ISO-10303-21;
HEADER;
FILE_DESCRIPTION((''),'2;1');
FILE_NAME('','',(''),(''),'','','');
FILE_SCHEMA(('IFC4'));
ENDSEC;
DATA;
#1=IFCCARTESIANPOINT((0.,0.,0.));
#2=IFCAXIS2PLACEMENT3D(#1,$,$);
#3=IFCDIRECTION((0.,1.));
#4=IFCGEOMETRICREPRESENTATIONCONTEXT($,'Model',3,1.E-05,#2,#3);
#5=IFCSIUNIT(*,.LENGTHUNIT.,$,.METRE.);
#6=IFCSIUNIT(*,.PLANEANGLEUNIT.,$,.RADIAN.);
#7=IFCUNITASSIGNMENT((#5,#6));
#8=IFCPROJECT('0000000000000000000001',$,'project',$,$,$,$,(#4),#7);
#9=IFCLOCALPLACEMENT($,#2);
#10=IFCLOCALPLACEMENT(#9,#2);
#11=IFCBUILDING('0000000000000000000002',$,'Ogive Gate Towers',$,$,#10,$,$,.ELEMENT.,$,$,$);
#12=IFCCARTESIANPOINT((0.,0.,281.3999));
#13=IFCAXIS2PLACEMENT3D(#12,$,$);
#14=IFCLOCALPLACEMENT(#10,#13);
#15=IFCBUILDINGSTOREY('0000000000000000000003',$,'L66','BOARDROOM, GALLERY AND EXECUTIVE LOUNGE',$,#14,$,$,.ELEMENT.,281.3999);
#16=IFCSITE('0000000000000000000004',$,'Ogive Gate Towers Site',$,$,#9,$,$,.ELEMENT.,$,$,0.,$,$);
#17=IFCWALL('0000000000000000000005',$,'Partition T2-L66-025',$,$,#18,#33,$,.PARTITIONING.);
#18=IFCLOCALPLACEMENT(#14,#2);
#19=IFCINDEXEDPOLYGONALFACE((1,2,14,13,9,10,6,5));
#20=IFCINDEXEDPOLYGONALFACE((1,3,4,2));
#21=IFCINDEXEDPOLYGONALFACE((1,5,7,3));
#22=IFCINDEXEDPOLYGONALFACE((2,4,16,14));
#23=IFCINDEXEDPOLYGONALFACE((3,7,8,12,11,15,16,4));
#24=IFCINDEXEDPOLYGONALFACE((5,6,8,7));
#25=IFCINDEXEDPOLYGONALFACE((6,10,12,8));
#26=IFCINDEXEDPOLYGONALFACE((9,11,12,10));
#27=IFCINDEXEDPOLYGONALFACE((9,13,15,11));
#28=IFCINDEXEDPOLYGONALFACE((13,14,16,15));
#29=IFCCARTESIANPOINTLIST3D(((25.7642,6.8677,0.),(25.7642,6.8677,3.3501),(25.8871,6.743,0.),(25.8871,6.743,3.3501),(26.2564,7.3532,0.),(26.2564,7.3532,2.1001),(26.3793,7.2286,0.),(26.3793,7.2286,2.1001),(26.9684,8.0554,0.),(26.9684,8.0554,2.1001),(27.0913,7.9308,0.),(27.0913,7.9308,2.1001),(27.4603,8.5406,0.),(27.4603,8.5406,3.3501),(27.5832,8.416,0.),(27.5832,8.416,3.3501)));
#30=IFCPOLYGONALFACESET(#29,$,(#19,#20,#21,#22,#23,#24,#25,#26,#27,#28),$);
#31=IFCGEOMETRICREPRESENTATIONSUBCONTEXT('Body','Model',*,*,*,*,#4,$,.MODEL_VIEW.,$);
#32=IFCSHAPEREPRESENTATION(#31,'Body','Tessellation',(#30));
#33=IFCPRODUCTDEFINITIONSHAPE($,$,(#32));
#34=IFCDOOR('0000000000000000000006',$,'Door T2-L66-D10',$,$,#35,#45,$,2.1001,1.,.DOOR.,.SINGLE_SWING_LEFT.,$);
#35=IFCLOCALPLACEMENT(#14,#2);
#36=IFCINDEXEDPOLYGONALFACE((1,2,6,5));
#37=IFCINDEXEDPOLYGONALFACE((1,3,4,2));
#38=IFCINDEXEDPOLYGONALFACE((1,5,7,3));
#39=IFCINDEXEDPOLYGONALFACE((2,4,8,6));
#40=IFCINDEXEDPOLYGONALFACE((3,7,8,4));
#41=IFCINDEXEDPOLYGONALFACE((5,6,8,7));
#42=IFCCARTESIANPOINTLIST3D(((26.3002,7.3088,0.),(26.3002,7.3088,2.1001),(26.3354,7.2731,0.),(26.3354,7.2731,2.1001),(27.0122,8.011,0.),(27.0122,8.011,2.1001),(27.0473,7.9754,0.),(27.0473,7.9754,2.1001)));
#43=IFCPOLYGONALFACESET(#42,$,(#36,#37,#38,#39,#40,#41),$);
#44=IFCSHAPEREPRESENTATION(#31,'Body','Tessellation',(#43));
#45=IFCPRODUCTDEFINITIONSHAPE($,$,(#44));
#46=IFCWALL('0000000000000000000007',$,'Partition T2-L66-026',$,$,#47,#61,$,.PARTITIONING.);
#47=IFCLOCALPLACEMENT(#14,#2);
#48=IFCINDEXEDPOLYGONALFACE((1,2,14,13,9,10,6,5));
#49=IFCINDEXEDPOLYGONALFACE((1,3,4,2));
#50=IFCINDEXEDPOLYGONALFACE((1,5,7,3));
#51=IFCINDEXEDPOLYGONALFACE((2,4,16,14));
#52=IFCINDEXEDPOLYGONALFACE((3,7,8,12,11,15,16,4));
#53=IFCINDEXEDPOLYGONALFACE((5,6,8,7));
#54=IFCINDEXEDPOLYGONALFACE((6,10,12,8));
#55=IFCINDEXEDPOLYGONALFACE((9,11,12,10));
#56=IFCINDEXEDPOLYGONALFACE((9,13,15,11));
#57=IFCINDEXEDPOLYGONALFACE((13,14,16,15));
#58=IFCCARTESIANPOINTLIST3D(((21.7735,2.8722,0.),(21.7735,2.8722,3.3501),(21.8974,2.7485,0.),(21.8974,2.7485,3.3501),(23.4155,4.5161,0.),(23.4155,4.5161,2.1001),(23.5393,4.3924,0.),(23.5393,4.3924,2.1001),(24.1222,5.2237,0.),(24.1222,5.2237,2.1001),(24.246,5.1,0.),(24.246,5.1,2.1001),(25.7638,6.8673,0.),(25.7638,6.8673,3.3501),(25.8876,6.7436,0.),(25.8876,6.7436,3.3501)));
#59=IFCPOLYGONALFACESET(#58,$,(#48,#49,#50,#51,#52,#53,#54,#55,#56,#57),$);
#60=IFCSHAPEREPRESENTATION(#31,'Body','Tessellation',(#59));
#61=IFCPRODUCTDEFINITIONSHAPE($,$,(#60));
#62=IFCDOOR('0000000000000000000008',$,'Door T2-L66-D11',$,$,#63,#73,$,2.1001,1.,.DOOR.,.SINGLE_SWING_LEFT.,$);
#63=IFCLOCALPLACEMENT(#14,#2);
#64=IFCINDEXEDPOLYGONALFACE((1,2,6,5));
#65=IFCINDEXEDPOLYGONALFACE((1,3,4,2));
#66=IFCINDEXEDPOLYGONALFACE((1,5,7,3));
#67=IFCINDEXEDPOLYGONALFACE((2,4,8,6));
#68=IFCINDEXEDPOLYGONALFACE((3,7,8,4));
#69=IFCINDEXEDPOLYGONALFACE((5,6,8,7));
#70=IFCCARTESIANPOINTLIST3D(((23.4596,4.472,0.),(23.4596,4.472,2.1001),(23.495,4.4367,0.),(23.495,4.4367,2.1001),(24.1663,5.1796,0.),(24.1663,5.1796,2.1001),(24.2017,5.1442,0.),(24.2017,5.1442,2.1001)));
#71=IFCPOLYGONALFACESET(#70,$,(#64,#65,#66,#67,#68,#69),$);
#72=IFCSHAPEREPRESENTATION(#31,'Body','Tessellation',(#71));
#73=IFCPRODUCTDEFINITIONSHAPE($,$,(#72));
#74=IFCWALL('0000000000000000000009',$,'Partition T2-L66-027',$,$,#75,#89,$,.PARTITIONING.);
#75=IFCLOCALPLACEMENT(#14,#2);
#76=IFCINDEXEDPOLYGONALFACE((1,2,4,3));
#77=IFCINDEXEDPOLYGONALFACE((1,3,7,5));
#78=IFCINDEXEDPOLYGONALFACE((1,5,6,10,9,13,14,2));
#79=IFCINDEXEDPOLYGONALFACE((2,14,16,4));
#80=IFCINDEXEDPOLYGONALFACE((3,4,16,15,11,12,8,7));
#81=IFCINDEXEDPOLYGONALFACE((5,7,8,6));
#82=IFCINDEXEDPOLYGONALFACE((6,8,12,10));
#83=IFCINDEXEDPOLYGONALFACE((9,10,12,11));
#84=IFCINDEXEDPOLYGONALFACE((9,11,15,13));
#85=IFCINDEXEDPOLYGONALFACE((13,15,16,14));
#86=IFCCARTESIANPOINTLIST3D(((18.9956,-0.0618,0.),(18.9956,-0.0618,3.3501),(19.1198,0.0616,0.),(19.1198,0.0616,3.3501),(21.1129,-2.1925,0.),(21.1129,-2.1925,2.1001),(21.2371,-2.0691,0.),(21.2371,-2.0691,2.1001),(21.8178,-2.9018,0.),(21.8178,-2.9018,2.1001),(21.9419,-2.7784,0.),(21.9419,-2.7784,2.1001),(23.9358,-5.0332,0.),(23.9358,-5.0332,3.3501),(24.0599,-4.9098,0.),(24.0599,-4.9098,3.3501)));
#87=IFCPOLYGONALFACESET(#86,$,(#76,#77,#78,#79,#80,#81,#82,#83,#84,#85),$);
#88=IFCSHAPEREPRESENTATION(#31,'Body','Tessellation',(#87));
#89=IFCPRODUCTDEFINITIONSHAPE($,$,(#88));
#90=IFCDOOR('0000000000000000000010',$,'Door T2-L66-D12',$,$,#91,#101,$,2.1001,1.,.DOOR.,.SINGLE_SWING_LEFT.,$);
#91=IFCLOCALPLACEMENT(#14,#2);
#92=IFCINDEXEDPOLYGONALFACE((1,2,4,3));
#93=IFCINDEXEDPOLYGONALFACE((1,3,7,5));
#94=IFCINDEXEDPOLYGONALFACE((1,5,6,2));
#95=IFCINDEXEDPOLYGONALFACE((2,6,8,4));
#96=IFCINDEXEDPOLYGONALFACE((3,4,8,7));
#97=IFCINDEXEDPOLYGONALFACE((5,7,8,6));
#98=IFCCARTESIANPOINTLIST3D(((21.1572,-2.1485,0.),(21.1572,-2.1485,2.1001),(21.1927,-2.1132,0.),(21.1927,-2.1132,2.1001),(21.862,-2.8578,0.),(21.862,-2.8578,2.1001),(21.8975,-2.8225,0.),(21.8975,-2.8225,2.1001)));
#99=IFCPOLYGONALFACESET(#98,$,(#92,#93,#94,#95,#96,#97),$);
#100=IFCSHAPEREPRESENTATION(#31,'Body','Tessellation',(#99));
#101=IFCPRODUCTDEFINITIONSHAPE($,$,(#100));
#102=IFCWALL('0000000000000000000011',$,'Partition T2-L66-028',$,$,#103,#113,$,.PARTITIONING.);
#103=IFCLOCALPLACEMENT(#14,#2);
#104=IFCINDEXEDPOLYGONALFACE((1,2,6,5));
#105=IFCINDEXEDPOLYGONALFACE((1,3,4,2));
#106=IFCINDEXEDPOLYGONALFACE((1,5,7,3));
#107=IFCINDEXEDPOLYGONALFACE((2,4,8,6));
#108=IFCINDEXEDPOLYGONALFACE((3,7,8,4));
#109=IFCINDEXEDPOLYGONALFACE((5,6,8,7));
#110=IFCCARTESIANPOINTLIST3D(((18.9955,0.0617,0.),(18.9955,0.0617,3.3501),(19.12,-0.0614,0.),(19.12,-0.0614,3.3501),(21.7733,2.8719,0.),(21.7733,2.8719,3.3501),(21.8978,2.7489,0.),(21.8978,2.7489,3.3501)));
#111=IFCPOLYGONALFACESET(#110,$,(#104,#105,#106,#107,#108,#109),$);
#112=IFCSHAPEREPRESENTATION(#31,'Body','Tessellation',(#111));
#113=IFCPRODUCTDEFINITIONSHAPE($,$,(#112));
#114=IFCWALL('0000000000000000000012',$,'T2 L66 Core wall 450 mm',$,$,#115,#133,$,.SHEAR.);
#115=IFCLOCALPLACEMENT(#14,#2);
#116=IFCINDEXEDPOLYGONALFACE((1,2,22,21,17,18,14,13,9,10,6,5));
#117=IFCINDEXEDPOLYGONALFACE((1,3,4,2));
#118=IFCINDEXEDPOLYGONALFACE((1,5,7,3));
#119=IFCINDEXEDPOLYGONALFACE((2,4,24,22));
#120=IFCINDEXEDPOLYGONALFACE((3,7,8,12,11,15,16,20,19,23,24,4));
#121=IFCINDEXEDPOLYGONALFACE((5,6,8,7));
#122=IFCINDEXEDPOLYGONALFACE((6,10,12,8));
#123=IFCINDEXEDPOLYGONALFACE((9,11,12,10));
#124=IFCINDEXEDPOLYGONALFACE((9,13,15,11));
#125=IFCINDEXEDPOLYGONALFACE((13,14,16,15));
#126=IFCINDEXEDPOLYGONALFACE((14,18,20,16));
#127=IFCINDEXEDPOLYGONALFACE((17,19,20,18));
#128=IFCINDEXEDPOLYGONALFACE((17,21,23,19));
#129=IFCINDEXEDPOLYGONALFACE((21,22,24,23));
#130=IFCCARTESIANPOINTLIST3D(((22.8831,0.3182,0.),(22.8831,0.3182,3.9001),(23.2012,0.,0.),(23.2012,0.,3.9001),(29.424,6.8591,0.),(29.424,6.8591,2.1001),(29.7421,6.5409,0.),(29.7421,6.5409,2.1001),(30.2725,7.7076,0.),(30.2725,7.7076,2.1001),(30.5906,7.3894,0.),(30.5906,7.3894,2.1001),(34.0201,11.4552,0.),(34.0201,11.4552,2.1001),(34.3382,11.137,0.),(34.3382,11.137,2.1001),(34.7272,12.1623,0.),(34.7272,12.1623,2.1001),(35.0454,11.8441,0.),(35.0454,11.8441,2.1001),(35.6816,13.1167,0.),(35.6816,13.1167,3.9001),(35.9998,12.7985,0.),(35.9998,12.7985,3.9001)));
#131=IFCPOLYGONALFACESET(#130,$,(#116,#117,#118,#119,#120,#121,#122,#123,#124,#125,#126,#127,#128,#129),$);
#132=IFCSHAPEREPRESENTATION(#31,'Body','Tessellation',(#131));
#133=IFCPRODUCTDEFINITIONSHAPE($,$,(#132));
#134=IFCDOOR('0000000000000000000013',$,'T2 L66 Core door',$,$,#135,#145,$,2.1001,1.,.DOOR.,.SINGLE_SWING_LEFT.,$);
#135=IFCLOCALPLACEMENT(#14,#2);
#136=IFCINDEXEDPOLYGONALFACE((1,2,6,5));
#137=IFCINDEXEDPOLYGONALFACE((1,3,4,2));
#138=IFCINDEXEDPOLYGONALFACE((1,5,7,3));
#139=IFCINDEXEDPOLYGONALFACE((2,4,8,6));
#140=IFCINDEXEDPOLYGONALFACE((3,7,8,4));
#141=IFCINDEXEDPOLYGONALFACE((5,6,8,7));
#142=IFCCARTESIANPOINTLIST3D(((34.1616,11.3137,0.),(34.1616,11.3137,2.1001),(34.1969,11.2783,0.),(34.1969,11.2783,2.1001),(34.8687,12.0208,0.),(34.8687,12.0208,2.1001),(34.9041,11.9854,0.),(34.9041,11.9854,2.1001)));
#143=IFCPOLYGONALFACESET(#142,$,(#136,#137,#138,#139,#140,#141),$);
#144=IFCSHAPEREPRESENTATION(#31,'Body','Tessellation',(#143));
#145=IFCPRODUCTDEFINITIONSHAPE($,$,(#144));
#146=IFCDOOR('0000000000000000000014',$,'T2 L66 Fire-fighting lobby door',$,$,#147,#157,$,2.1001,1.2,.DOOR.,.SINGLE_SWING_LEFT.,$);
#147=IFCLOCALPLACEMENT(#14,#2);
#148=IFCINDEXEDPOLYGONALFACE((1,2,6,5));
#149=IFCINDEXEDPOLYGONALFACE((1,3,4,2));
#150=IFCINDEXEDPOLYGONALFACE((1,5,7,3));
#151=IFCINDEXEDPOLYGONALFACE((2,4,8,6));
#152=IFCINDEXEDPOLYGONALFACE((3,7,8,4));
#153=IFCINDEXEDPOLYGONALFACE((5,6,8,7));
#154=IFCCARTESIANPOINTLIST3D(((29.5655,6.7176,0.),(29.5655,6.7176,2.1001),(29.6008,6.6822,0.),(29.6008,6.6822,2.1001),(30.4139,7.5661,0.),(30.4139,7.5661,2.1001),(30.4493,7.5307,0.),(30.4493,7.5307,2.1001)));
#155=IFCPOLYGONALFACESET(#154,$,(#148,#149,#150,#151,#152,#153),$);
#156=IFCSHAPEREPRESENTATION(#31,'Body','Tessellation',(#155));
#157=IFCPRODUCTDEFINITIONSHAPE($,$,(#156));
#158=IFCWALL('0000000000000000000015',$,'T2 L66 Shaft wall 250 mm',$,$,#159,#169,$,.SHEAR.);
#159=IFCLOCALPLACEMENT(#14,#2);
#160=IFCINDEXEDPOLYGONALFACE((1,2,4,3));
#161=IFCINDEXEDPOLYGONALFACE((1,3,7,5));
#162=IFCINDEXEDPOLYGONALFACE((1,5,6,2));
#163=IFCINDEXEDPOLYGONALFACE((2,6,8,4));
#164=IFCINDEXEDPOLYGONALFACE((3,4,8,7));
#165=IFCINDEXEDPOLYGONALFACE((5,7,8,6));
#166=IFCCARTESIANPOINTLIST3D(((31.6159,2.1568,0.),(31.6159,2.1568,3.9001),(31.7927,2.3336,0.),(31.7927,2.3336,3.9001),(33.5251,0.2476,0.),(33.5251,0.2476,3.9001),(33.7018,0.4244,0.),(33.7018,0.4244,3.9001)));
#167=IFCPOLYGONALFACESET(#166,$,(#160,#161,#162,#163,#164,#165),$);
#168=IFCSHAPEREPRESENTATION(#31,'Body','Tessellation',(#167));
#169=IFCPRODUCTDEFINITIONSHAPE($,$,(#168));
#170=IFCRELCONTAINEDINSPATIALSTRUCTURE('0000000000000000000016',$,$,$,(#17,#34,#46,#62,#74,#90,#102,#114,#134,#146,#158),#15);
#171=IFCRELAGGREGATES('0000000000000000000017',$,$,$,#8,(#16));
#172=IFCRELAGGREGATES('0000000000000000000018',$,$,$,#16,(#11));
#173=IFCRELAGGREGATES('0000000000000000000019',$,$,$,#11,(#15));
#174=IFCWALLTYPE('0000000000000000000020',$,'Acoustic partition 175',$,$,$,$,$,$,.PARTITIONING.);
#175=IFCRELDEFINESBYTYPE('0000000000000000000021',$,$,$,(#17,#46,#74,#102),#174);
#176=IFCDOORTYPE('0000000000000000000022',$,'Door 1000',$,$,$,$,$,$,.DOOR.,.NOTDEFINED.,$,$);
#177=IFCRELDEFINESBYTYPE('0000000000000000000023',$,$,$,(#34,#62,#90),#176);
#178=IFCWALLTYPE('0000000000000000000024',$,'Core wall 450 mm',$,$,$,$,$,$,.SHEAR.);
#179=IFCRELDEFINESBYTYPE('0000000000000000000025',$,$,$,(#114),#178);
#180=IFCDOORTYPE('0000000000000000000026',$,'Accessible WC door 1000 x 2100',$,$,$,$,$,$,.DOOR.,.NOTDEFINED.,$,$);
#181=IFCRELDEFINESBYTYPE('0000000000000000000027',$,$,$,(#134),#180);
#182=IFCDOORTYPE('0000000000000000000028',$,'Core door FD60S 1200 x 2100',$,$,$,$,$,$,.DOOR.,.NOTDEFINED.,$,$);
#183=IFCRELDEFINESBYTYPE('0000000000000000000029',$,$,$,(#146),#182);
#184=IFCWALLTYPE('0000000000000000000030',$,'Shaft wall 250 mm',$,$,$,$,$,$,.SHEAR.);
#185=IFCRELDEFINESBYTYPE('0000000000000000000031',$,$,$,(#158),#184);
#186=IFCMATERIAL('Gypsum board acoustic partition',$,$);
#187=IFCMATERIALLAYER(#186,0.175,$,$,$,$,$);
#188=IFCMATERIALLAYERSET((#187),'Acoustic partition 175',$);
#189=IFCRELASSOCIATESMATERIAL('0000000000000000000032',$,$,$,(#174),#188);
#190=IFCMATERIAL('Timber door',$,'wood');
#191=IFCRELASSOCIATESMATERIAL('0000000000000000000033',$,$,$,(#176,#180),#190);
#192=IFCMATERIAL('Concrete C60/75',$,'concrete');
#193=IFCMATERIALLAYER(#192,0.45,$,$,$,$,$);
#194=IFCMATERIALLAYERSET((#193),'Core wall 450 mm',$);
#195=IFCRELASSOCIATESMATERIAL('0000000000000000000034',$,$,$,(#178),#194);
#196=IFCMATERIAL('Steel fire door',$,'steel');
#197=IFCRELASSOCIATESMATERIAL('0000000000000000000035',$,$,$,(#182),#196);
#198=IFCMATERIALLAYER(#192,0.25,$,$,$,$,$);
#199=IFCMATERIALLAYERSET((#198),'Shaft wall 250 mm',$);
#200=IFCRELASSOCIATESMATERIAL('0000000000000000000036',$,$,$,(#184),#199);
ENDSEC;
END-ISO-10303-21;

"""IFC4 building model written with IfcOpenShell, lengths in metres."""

from ifc_helpers import new_model, si_unit, direction, frame, frame_2d, origin, place, context, subcontext, project, spatial, rectangle, extrude, material, layer, layer_set, type_object, element, fill, save


model = new_model("IFC4")

# Units and contexts
model_context = context("Model", 3, precision=1e-05, world=origin(), true_north=direction((0.0, 1.0)))
body_context = subcontext(model_context, "Body", "Model", "MODEL_VIEW")
ifc_project = project(units=[si_unit("LENGTHUNIT", "METRE"), si_unit("PLANEANGLEUNIT", "RADIAN")], contexts=[model_context])

# Site, building, storey
site_placement = place(None, origin())
site = spatial("IfcSite", under=ifc_project, at=site_placement, Name="Ogive Gate Towers Site", CompositionType="ELEMENT", RefElevation=0.0)
building_placement = place(site_placement, origin())
building = spatial("IfcBuilding", under=site, at=building_placement, Name="Ogive Gate Towers", CompositionType="ELEMENT")
storey_placement = place(building_placement, frame((0.0, 0.0, 281.3999)))
storey = spatial("IfcBuildingStorey", under=building, at=storey_placement, Name="L66", Description="BOARDROOM, GALLERY AND EXECUTIVE LOUNGE", CompositionType="ELEMENT", Elevation=281.3999)

# Shared definitions
ifc_material_1 = material(Name="Gypsum board acoustic partition")
ifc_layer_1 = layer(ifc_material_1, 0.175)
ifc_layer_set_1 = layer_set([ifc_layer_1], Name="Acoustic partition 175")
wall_type_1 = type_object("IfcWallType", Name="Acoustic partition 175", PredefinedType="PARTITIONING", material=ifc_layer_set_1)

# Walls, openings, doors
ifc_material_2 = material(Name="Timber door", Category="wood")
door_type_1 = type_object("IfcDoorType", Name="Door 1000", OperationType="NOTDEFINED", PredefinedType="DOOR", material=ifc_material_2)
wall_1_placement = place(storey_placement, frame((27.5217, 8.4783, 0.0), z_axis=(0.0, 0.0, 1.0), x_axis=(-0.711958, -0.702222, 0.0)))
wall_1 = element("IfcWall", 1, at=wall_1_placement, inside=storey, type_object=wall_type_1, Name="Partition T2-L66-025", PredefinedType="PARTITIONING", context=body_context, shape_type="SweptSolid", body=[
    extrude(rectangle(XDim=2.3823, YDim=0.175, at=frame_2d((1.1912, 0.0))), origin(), (0.0, 0.0, 1.0), 3.3501),
])
opening_1_placement = place(wall_1_placement, frame((0.6909, 0.0, 0.0)))
opening_1 = element("IfcOpeningElement", 2, at=opening_1_placement, cuts=wall_1, PredefinedType="OPENING", context=body_context, shape_type="SweptSolid", body=[
    extrude(rectangle(XDim=1.0, YDim=2.1001, at=frame_2d((0.5, 1.05))), frame((0.0, 0.0977, 0.0), z_axis=(0.0, -1.0, 0.0), x_axis=(1.0, 0.0, 0.0)), (0.0, 0.0, 1.0), 0.1951),
])
door_1_placement = place(opening_1_placement, origin())
door_1 = element("IfcDoor", 3, at=door_1_placement, inside=storey, type_object=door_type_1, Name="Door T2-L66-D10", OperationType="SINGLE_SWING_LEFT", OverallHeight=2.1001, OverallWidth=1.0, PredefinedType="DOOR", context=body_context, shape_type="SweptSolid", body=[
    extrude(rectangle(XDim=1.0, YDim=2.1001, at=frame_2d((0.5, 1.05))), frame((0.0, 0.0249, 0.0), z_axis=(0.0, -1.0, 0.0), x_axis=(1.0, 0.0, 0.0)), (0.0, 0.0, 1.0), 0.05),
])
fill(opening_1, door_1)
wall_2_placement = place(storey_placement, frame((25.8257, 6.8054, 0.0), z_axis=(0.0, 0.0, 1.0), x_axis=(-0.706674, -0.707539, 0.0)))
wall_2 = element("IfcWall", 4, at=wall_2_placement, inside=storey, type_object=wall_type_1, Name="Partition T2-L66-026", PredefinedType="PARTITIONING", context=body_context, shape_type="SweptSolid", body=[
    extrude(rectangle(XDim=5.6465, YDim=0.175, at=frame_2d((2.8232, 0.0))), origin(), (0.0, 0.0, 1.0), 3.3501),
])
opening_2_placement = place(wall_2_placement, frame((2.323, 0.0, 0.0)))
opening_2 = element("IfcOpeningElement", 5, at=opening_2_placement, cuts=wall_2, PredefinedType="OPENING", context=body_context, shape_type="SweptSolid", body=[
    extrude(rectangle(XDim=1.0, YDim=2.1001, at=frame_2d((0.5, 1.05))), frame((0.0, 0.0977, 0.0), z_axis=(0.0, -1.0, 0.0), x_axis=(1.0, 0.0, 0.0)), (0.0, 0.0, 1.0), 0.1951),
])
door_2_placement = place(opening_2_placement, origin())
door_2 = element("IfcDoor", 6, at=door_2_placement, inside=storey, type_object=door_type_1, Name="Door T2-L66-D11", OperationType="SINGLE_SWING_LEFT", OverallHeight=2.1001, OverallWidth=1.0, PredefinedType="DOOR", context=body_context, shape_type="SweptSolid", body=[
    extrude(rectangle(XDim=1.0, YDim=2.1001, at=frame_2d((0.5, 1.05))), frame((0.0, 0.0249, 0.0), z_axis=(0.0, -1.0, 0.0), x_axis=(1.0, 0.0, 0.0)), (0.0, 0.0, 1.0), 0.05),
])
fill(opening_2, door_2)
wall_3_placement = place(storey_placement, frame((19.0576, 0.0, 0.0), z_axis=(0.0, 0.0, 1.0), x_axis=(0.704874, -0.709333, 0.0)))
wall_3 = element("IfcWall", 7, at=wall_3_placement, inside=storey, type_object=wall_type_1, Name="Partition T2-L66-027", PredefinedType="PARTITIONING", context=body_context, shape_type="SweptSolid", body=[
    extrude(rectangle(XDim=7.0085, YDim=0.175, at=frame_2d((3.5044, 0.0))), origin(), (0.0, 0.0, 1.0), 3.3501),
])
opening_3_placement = place(wall_3_placement, frame((3.0039, 0.0, 0.0)))
opening_3 = element("IfcOpeningElement", 8, at=opening_3_placement, cuts=wall_3, PredefinedType="OPENING", context=body_context, shape_type="SweptSolid", body=[
    extrude(rectangle(XDim=1.0, YDim=2.1001, at=frame_2d((0.5, 1.05))), frame((0.0, 0.0977, 0.0), z_axis=(0.0, -1.0, 0.0), x_axis=(1.0, 0.0, 0.0)), (0.0, 0.0, 1.0), 0.1951),
])
door_3_placement = place(opening_3_placement, origin())
door_3 = element("IfcDoor", 9, at=door_3_placement, inside=storey, type_object=door_type_1, Name="Door T2-L66-D12", OperationType="SINGLE_SWING_LEFT", OverallHeight=2.1001, OverallWidth=1.0, PredefinedType="DOOR", context=body_context, shape_type="SweptSolid", body=[
    extrude(rectangle(XDim=1.0, YDim=2.1001, at=frame_2d((0.5, 1.05))), frame((0.0, 0.0249, 0.0), z_axis=(0.0, -1.0, 0.0), x_axis=(1.0, 0.0, 0.0)), (0.0, 0.0, 1.0), 0.05),
])
fill(opening_3, door_3)

# Wall
wall_4_placement = place(storey_placement, frame((21.8354, 2.8103, 0.0), z_axis=(0.0, 0.0, 1.0), x_axis=(-0.702986, -0.711204, 0.0)))
element("IfcWall", 10, at=wall_4_placement, inside=storey, type_object=wall_type_1, Name="Partition T2-L66-028", PredefinedType="PARTITIONING", context=body_context, shape_type="SweptSolid", body=[
    extrude(rectangle(XDim=3.9514, YDim=0.175, at=frame_2d((1.9756, 0.0))), origin(), (0.0, 0.0, 1.0), 3.3501),
])

# Wall, openings, doors
ifc_material_3 = material(Name="Concrete C60/75", Category="concrete")
ifc_layer_2 = layer(ifc_material_3, 0.45)
ifc_layer_set_2 = layer_set([ifc_layer_2], Name="Core wall 450 mm")
wall_type_2 = type_object("IfcWallType", Name="Core wall 450 mm", PredefinedType="SHEAR", material=ifc_layer_set_2)
wall_5_placement = place(storey_placement, frame((23.0422, 0.1592, 0.0), z_axis=(0.0, 0.0, 1.0), x_axis=(0.707107, 0.707107, 0.0)))
wall_5 = element("IfcWall", 11, at=wall_5_placement, inside=storey, type_object=wall_type_2, Name="T2 L66 Core wall 450 mm", PredefinedType="SHEAR", context=body_context, shape_type="SweptSolid", body=[
    extrude(rectangle(XDim=18.0999, YDim=0.45, at=frame_2d((9.0498, 0.0))), origin(), (0.0, 0.0, 1.0), 3.9001),
])
opening_4_placement = place(wall_5_placement, frame((9.25, 0.0, 0.0)))
opening_4 = element("IfcOpeningElement", 12, at=opening_4_placement, cuts=wall_5, PredefinedType="OPENING", context=body_context, shape_type="SweptSolid", body=[
    extrude(rectangle(XDim=1.2, YDim=2.1001, at=frame_2d((0.6001, 1.05))), frame((0.0, 0.2349, 0.0), z_axis=(0.0, -1.0, 0.0), x_axis=(1.0, 0.0, 0.0)), (0.0, 0.0, 1.0), 0.47),
])
opening_5_placement = place(wall_5_placement, frame((15.75, 0.0, 0.0)))
opening_5 = element("IfcOpeningElement", 13, at=opening_5_placement, cuts=wall_5, PredefinedType="OPENING", context=body_context, shape_type="SweptSolid", body=[
    extrude(rectangle(XDim=1.0, YDim=2.1001, at=frame_2d((0.5, 1.05))), frame((0.0, 0.2349, 0.0), z_axis=(0.0, -1.0, 0.0), x_axis=(1.0, 0.0, 0.0)), (0.0, 0.0, 1.0), 0.47),
])
door_type_2 = type_object("IfcDoorType", Name="Accessible WC door 1000 x 2100", OperationType="NOTDEFINED", PredefinedType="DOOR", material=ifc_material_2)
door_4_placement = place(opening_5_placement, origin())
door_4 = element("IfcDoor", 14, at=door_4_placement, inside=storey, type_object=door_type_2, Name="T2 L66 Core door", OperationType="SINGLE_SWING_LEFT", OverallHeight=2.1001, OverallWidth=1.0, PredefinedType="DOOR", context=body_context, shape_type="SweptSolid", body=[
    extrude(rectangle(XDim=1.0, YDim=2.1001, at=frame_2d((0.5, 1.05))), frame((0.0, 0.0249, 0.0), z_axis=(0.0, -1.0, 0.0), x_axis=(1.0, 0.0, 0.0)), (0.0, 0.0, 1.0), 0.05),
])
fill(opening_5, door_4)
ifc_material_4 = material(Name="Steel fire door", Category="steel")
door_type_3 = type_object("IfcDoorType", Name="Core door FD60S 1200 x 2100", OperationType="NOTDEFINED", PredefinedType="DOOR", material=ifc_material_4)
door_5_placement = place(opening_4_placement, origin())
door_5 = element("IfcDoor", 15, at=door_5_placement, inside=storey, type_object=door_type_3, Name="T2 L66 Fire-fighting lobby door", OperationType="SINGLE_SWING_LEFT", OverallHeight=2.1001, OverallWidth=1.2, PredefinedType="DOOR", context=body_context, shape_type="SweptSolid", body=[
    extrude(rectangle(XDim=1.2, YDim=2.1001, at=frame_2d((0.6001, 1.05))), frame((0.0, 0.0249, 0.0), z_axis=(0.0, -1.0, 0.0), x_axis=(1.0, 0.0, 0.0)), (0.0, 0.0, 1.0), 0.05),
])
fill(opening_4, door_5)

# Wall
ifc_layer_3 = layer(ifc_material_3, 0.25)
ifc_layer_set_3 = layer_set([ifc_layer_3], Name="Shaft wall 250 mm")
wall_type_3 = type_object("IfcWallType", Name="Shaft wall 250 mm", PredefinedType="SHEAR", material=ifc_layer_set_3)
wall_6_placement = place(storey_placement, frame((33.6135, 0.3359, 0.0), z_axis=(0.0, 0.0, 1.0), x_axis=(-0.707107, 0.707107, 0.0)))
element("IfcWall", 16, at=wall_6_placement, inside=storey, type_object=wall_type_3, Name="T2 L66 Shaft wall 250 mm", PredefinedType="SHEAR", context=body_context, shape_type="SweptSolid", body=[
    extrude(rectangle(XDim=2.7, YDim=0.25, at=frame_2d((1.3501, 0.0))), origin(), (0.0, 0.0, 1.0), 3.9001),
])

save(model, "model.ifc")
